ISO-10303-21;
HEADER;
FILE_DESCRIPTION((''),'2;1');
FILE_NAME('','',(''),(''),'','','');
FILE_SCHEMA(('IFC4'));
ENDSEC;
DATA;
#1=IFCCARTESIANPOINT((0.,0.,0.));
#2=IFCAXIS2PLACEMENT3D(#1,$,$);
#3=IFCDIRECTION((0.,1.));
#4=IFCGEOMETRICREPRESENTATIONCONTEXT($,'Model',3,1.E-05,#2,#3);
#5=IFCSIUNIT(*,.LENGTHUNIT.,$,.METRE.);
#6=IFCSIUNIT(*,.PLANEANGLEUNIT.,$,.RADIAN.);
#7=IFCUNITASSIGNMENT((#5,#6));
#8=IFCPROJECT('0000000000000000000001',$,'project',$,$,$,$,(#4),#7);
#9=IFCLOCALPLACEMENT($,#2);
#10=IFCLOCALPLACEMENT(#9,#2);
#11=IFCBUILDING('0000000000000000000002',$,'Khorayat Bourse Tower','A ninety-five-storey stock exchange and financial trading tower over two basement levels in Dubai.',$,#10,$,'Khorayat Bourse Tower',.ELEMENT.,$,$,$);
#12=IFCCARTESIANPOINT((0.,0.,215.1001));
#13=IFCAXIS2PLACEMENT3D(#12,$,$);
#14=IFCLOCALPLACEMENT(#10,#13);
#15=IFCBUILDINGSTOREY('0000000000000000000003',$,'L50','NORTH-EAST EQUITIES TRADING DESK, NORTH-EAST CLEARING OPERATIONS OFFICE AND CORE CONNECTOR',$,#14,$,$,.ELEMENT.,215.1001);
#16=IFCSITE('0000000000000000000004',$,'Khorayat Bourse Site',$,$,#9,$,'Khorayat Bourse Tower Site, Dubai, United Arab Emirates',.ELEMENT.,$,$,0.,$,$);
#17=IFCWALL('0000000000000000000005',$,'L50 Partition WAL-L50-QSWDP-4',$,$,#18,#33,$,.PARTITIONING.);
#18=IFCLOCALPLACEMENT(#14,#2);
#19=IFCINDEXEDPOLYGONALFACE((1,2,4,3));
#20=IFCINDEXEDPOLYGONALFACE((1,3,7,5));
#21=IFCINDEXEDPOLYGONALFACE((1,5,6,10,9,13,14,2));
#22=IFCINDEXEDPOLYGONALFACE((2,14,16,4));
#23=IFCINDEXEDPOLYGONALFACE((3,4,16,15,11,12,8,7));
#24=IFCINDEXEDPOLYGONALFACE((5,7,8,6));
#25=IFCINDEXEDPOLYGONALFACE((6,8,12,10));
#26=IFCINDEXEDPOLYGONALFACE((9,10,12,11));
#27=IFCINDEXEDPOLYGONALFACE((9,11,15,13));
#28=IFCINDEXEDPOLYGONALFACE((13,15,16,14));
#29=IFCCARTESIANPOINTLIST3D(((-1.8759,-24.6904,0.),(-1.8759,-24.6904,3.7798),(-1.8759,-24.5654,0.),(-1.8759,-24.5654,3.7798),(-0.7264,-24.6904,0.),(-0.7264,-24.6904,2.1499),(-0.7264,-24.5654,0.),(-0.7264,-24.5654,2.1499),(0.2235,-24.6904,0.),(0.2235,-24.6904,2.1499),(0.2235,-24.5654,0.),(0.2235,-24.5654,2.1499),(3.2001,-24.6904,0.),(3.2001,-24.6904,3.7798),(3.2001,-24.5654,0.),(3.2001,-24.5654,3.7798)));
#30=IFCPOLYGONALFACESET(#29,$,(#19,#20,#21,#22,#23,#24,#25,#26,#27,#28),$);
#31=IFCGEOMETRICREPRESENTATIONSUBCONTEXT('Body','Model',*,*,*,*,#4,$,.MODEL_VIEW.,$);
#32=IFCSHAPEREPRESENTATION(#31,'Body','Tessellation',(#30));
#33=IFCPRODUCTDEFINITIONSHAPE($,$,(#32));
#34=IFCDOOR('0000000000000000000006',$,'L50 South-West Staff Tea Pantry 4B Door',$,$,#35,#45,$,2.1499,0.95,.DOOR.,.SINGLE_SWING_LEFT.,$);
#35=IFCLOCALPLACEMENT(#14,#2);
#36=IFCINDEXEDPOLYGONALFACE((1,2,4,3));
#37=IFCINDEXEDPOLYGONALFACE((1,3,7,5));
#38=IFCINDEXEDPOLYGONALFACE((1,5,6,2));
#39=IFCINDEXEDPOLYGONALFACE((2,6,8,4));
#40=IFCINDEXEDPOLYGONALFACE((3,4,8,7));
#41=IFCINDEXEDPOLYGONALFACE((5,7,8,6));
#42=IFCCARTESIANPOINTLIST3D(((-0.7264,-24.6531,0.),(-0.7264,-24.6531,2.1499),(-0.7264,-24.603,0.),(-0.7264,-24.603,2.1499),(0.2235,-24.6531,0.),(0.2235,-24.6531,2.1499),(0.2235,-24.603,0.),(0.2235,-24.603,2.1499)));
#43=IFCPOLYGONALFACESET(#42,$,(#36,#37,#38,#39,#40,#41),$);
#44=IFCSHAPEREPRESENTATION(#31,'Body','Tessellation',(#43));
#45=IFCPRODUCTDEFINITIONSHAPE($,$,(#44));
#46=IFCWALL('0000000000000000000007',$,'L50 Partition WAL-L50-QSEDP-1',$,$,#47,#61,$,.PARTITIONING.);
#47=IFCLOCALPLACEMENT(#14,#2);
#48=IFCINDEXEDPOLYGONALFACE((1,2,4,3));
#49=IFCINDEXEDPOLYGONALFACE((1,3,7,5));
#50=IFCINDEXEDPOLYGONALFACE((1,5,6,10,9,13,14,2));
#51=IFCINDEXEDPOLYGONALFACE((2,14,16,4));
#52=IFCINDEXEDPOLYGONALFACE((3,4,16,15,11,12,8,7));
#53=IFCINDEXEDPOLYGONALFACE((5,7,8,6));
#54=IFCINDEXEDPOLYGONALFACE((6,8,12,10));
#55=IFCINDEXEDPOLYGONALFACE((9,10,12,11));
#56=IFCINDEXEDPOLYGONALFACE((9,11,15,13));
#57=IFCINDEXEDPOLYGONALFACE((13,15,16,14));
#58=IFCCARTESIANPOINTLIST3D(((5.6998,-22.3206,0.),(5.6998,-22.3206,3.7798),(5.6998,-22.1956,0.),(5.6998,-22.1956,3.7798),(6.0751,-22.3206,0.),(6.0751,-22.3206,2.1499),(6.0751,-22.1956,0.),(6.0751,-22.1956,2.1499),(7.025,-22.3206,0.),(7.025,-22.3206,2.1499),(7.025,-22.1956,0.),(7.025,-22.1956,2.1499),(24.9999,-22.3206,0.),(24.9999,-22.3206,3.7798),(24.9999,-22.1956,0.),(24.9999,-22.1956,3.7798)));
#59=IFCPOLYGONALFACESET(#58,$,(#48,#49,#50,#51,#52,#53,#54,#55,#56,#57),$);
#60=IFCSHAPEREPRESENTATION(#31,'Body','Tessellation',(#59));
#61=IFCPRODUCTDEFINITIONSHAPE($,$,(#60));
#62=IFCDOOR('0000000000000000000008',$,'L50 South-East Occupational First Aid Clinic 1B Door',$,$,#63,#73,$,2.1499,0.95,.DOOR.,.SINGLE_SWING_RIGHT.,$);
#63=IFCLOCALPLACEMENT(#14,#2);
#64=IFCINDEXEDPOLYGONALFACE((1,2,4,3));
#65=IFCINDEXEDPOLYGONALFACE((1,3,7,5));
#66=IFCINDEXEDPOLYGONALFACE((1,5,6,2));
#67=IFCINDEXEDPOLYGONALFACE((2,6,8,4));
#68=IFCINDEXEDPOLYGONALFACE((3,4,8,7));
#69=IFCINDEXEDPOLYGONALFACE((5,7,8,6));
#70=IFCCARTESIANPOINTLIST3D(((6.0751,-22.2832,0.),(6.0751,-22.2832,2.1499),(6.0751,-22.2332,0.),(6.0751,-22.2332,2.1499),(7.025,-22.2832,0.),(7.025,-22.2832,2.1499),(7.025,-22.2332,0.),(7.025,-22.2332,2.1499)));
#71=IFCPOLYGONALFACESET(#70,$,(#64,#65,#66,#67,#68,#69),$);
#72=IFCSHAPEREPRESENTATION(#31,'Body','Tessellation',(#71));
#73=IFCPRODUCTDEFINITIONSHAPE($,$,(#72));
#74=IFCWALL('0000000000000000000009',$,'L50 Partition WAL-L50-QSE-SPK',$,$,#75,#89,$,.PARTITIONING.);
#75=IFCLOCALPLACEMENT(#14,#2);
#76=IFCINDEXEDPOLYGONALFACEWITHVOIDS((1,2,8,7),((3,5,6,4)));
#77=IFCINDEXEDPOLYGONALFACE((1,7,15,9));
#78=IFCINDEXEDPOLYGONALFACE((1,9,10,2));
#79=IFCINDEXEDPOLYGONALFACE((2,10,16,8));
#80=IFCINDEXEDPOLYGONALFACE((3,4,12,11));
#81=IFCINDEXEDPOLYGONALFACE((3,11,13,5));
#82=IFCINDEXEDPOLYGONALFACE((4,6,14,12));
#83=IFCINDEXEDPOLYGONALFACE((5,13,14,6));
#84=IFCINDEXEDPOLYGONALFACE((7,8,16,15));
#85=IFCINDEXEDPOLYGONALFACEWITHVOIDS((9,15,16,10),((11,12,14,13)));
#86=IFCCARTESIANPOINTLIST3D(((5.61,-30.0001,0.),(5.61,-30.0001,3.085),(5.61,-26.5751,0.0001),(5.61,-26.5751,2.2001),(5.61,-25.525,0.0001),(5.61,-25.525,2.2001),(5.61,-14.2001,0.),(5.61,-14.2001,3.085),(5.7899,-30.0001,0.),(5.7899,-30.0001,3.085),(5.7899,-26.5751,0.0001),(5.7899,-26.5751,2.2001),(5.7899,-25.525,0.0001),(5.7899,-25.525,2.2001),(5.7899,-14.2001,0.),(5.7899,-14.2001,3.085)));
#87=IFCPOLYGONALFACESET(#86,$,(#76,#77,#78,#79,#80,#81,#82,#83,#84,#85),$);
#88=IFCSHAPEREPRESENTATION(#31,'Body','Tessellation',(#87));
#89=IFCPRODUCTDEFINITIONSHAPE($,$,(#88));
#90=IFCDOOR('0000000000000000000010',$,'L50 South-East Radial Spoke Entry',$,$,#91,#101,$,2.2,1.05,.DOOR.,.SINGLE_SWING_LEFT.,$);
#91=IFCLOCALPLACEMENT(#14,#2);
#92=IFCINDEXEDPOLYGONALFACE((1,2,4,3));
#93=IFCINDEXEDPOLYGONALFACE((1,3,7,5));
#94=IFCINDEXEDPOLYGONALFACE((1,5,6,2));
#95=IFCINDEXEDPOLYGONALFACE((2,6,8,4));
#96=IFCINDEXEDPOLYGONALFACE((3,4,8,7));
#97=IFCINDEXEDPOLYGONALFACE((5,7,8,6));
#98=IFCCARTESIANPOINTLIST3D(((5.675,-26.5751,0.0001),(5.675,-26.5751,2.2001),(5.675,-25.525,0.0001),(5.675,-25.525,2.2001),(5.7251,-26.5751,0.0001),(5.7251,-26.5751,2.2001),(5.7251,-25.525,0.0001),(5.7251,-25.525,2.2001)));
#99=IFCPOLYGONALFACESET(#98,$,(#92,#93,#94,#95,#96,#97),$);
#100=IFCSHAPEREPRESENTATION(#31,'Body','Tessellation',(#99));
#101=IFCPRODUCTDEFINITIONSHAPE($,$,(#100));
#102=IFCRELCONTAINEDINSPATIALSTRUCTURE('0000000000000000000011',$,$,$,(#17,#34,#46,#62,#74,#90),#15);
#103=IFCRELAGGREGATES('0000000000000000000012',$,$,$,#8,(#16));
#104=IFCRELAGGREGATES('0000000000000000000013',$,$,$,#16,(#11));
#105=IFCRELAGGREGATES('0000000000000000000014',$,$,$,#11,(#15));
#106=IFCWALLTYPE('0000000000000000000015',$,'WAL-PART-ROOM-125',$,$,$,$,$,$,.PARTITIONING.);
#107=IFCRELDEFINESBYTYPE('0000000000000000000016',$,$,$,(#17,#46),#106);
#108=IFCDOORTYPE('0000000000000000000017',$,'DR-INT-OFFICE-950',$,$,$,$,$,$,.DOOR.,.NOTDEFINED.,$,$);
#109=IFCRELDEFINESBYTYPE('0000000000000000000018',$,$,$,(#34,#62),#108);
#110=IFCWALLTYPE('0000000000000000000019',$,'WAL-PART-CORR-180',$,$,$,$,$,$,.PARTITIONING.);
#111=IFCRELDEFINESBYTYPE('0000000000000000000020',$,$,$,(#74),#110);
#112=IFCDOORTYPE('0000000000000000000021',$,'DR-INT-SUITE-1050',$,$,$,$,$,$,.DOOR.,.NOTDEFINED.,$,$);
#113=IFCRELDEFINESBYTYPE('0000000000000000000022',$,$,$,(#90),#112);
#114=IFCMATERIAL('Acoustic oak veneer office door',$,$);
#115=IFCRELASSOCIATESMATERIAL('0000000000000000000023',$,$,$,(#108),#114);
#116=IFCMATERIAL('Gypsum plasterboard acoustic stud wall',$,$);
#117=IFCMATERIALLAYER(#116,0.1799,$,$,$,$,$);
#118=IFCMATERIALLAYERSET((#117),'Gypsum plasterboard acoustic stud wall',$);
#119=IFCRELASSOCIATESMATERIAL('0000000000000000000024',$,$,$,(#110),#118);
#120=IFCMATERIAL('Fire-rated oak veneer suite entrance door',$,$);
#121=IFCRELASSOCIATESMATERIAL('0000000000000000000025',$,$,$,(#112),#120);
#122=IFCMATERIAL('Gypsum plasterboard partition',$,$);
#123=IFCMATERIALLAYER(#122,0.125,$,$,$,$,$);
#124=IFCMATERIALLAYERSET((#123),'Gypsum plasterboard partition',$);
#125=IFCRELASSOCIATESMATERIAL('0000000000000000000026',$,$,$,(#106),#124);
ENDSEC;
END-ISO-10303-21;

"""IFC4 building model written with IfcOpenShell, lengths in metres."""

from ifc_helpers import new_model, si_unit, direction, frame, frame_2d, origin, place, context, subcontext, project, spatial, rectangle, extrude, source, transform, mapped, material, layer, layer_set, type_object, element, fill, save


model = new_model("IFC4")

# Units and contexts
model_context = context("Model", 3, precision=1e-05, world=origin(), true_north=direction((0.0, 1.0)))
body_context = subcontext(model_context, "Body", "Model", "MODEL_VIEW")
ifc_project = project(units=[si_unit("LENGTHUNIT", "METRE"), si_unit("PLANEANGLEUNIT", "RADIAN")], contexts=[model_context])

# Site, building, storey
site_placement = place(None, origin())
site = spatial("IfcSite", under=ifc_project, at=site_placement, Name="Khorayat Bourse Site", LongName="Khorayat Bourse Tower Site, Dubai, United Arab Emirates", CompositionType="ELEMENT", RefElevation=0.0)
building_placement = place(site_placement, origin())
building = spatial("IfcBuilding", under=site, at=building_placement, Name="Khorayat Bourse Tower", Description="A ninety-five-storey stock exchange and financial trading tower over two basement levels in Dubai.", LongName="Khorayat Bourse Tower", CompositionType="ELEMENT")
storey_placement = place(building_placement, frame((0.0, 0.0, 215.1001)))
storey = spatial("IfcBuildingStorey", under=building, at=storey_placement, Name="L50", Description="NORTH-EAST EQUITIES TRADING DESK, NORTH-EAST CLEARING OPERATIONS OFFICE AND CORE CONNECTOR", CompositionType="ELEMENT", Elevation=215.1001)

# Shared definitions
ifc_material_1 = material(Name="Acoustic oak veneer office door")
door_type_1 = type_object("IfcDoorType", Name="DR-INT-OFFICE-950", OperationType="NOTDEFINED", PredefinedType="DOOR", material=ifc_material_1)
shared_shape_1 = source(origin(), body_context, "Body", "SweptSolid", [
    extrude(rectangle(XDim=0.95, YDim=2.1499, at=frame_2d((0.4751, 1.075))), frame((0.0, 0.0249, 0.0), z_axis=(0.0, -1.0, 0.0), x_axis=(1.0, 0.0, 0.0)), (0.0, 0.0, 1.0), 0.05),
])
ifc_material_2 = material(Name="Gypsum plasterboard acoustic stud wall")
ifc_layer_1 = layer(ifc_material_2, 0.1799)
ifc_layer_set_1 = layer_set([ifc_layer_1], Name="Gypsum plasterboard acoustic stud wall")
wall_type_1 = type_object("IfcWallType", Name="WAL-PART-CORR-180", PredefinedType="PARTITIONING", material=ifc_layer_set_1)
shared_shape_2 = source(origin(), body_context, "Body", "SweptSolid", [
    extrude(rectangle(XDim=1.05, YDim=2.2, at=frame_2d((0.5249, 1.1001))), frame((0.0, 0.0999, 0.0), z_axis=(0.0, -1.0, 0.0), x_axis=(1.0, 0.0, 0.0)), (0.0, 0.0, 1.0), 0.2),
])
ifc_material_3 = material(Name="Fire-rated oak veneer suite entrance door")
door_type_2 = type_object("IfcDoorType", Name="DR-INT-SUITE-1050", OperationType="NOTDEFINED", PredefinedType="DOOR", material=ifc_material_3)
shared_shape_3 = source(origin(), body_context, "Body", "SweptSolid", [
    extrude(rectangle(XDim=1.05, YDim=2.2, at=frame_2d((0.5249, 1.1001))), frame((0.0, 0.0249, 0.0), z_axis=(0.0, -1.0, 0.0), x_axis=(1.0, 0.0, 0.0)), (0.0, 0.0, 1.0), 0.05),
])

# Walls, openings, doors
ifc_material_4 = material(Name="Gypsum plasterboard partition")
ifc_layer_2 = layer(ifc_material_4, 0.125)
ifc_layer_set_2 = layer_set([ifc_layer_2], Name="Gypsum plasterboard partition")
wall_type_2 = type_object("IfcWallType", Name="WAL-PART-ROOM-125", PredefinedType="PARTITIONING", material=ifc_layer_set_2)
shared_shape_4 = source(origin(), body_context, "Body", "SweptSolid", [
    extrude(rectangle(XDim=5.0759, YDim=0.125, at=frame_2d((2.5381, 0.0))), origin(), (0.0, 0.0, 1.0), 3.7798),
])
wall_1_placement = place(storey_placement, frame((-1.876, -24.6279, 0.0), z_axis=(0.0, 0.0, 1.0), x_axis=(1.0, 0.0, 0.0)))
wall_1 = element("IfcWall", 1, at=wall_1_placement, inside=storey, type_object=wall_type_2, Name="L50 Partition WAL-L50-QSWDP-4", PredefinedType="PARTITIONING", context=body_context, shape_type="MappedRepresentation", body=[
    mapped(shared_shape_4, transform((0.0, 0.0, 0.0), scale=1.0)),
])
shared_shape_5 = source(origin(), body_context, "Body", "SweptSolid", [
    extrude(rectangle(XDim=0.95, YDim=2.1499, at=frame_2d((0.4751, 1.075))), frame((0.0, 0.0725, 0.0), z_axis=(0.0, -1.0, 0.0), x_axis=(1.0, 0.0, 0.0)), (0.0, 0.0, 1.0), 0.145),
])
opening_1_placement = place(wall_1_placement, frame((1.1494, 0.0, 0.0)))
opening_1 = element("IfcOpeningElement", 2, at=opening_1_placement, cuts=wall_1, PredefinedType="OPENING", context=body_context, shape_type="MappedRepresentation", body=[
    mapped(shared_shape_5, transform((0.0, 0.0, 0.0), scale=1.0)),
])
door_1_placement = place(opening_1_placement, origin())
door_1 = element("IfcDoor", 3, at=door_1_placement, inside=storey, type_object=door_type_1, Name="L50 South-West Staff Tea Pantry 4B Door", OperationType="SINGLE_SWING_LEFT", OverallHeight=2.1499, OverallWidth=0.95, PredefinedType="DOOR", context=body_context, shape_type="MappedRepresentation", body=[
    mapped(shared_shape_1, transform((0.0, 0.0, 0.0), scale=1.0)),
])
fill(opening_1, door_1)
shared_shape_6 = source(origin(), body_context, "Body", "SweptSolid", [
    extrude(rectangle(XDim=19.3, YDim=0.125, at=frame_2d((9.6499, 0.0))), origin(), (0.0, 0.0, 1.0), 3.7798),
])
wall_2_placement = place(storey_placement, frame((5.7, -22.2581, 0.0), z_axis=(0.0, 0.0, 1.0), x_axis=(1.0, 0.0, 0.0)))
wall_2 = element("IfcWall", 4, at=wall_2_placement, inside=storey, type_object=wall_type_2, Name="L50 Partition WAL-L50-QSEDP-1", PredefinedType="PARTITIONING", context=body_context, shape_type="MappedRepresentation", body=[
    mapped(shared_shape_6, transform((0.0, 0.0, 0.0), scale=1.0)),
])
opening_2_placement = place(wall_2_placement, frame((0.375, 0.0, 0.0)))
opening_2 = element("IfcOpeningElement", 5, at=opening_2_placement, cuts=wall_2, PredefinedType="OPENING", context=body_context, shape_type="MappedRepresentation", body=[
    mapped(shared_shape_5, transform((0.0, 0.0, 0.0), scale=1.0)),
])
door_2_placement = place(opening_2_placement, origin())
door_2 = element("IfcDoor", 6, at=door_2_placement, inside=storey, type_object=door_type_1, Name="L50 South-East Occupational First Aid Clinic 1B Door", OperationType="SINGLE_SWING_RIGHT", OverallHeight=2.1499, OverallWidth=0.95, PredefinedType="DOOR", context=body_context, shape_type="MappedRepresentation", body=[
    mapped(shared_shape_1, transform((0.0, 0.0, 0.0), scale=1.0)),
])
fill(opening_2, door_2)
shared_shape_7 = source(origin(), body_context, "Body", "SweptSolid", [
    extrude(rectangle(XDim=15.8, YDim=0.1799, at=frame_2d((7.8999, 0.0))), origin(), (0.0, 0.0, 1.0), 3.085),
])
wall_3_placement = place(storey_placement, frame((5.7, -30.0, 0.0), z_axis=(0.0, 0.0, 1.0), x_axis=(0.0, 1.0, 0.0)))
wall_3 = element("IfcWall", 7, at=wall_3_placement, inside=storey, type_object=wall_type_1, Name="L50 Partition WAL-L50-QSE-SPK", PredefinedType="PARTITIONING", context=body_context, shape_type="MappedRepresentation", body=[
    mapped(shared_shape_7, transform((0.0, 0.0, 0.0), scale=1.0)),
])
opening_3_placement = place(wall_3_placement, frame((3.425, 0.0, 0.0)))
opening_3 = element("IfcOpeningElement", 8, at=opening_3_placement, cuts=wall_3, PredefinedType="OPENING", context=body_context, shape_type="MappedRepresentation", body=[
    mapped(shared_shape_2, transform((0.0, 0.0, 0.0), scale=1.0)),
])
door_3_placement = place(opening_3_placement, origin())
door_3 = element("IfcDoor", 9, at=door_3_placement, inside=storey, type_object=door_type_2, Name="L50 South-East Radial Spoke Entry", OperationType="SINGLE_SWING_LEFT", OverallHeight=2.2, OverallWidth=1.05, PredefinedType="DOOR", context=body_context, shape_type="MappedRepresentation", body=[
    mapped(shared_shape_3, transform((0.0, 0.0, 0.0), scale=1.0)),
])
fill(opening_3, door_3)

save(model, "model.ifc")
